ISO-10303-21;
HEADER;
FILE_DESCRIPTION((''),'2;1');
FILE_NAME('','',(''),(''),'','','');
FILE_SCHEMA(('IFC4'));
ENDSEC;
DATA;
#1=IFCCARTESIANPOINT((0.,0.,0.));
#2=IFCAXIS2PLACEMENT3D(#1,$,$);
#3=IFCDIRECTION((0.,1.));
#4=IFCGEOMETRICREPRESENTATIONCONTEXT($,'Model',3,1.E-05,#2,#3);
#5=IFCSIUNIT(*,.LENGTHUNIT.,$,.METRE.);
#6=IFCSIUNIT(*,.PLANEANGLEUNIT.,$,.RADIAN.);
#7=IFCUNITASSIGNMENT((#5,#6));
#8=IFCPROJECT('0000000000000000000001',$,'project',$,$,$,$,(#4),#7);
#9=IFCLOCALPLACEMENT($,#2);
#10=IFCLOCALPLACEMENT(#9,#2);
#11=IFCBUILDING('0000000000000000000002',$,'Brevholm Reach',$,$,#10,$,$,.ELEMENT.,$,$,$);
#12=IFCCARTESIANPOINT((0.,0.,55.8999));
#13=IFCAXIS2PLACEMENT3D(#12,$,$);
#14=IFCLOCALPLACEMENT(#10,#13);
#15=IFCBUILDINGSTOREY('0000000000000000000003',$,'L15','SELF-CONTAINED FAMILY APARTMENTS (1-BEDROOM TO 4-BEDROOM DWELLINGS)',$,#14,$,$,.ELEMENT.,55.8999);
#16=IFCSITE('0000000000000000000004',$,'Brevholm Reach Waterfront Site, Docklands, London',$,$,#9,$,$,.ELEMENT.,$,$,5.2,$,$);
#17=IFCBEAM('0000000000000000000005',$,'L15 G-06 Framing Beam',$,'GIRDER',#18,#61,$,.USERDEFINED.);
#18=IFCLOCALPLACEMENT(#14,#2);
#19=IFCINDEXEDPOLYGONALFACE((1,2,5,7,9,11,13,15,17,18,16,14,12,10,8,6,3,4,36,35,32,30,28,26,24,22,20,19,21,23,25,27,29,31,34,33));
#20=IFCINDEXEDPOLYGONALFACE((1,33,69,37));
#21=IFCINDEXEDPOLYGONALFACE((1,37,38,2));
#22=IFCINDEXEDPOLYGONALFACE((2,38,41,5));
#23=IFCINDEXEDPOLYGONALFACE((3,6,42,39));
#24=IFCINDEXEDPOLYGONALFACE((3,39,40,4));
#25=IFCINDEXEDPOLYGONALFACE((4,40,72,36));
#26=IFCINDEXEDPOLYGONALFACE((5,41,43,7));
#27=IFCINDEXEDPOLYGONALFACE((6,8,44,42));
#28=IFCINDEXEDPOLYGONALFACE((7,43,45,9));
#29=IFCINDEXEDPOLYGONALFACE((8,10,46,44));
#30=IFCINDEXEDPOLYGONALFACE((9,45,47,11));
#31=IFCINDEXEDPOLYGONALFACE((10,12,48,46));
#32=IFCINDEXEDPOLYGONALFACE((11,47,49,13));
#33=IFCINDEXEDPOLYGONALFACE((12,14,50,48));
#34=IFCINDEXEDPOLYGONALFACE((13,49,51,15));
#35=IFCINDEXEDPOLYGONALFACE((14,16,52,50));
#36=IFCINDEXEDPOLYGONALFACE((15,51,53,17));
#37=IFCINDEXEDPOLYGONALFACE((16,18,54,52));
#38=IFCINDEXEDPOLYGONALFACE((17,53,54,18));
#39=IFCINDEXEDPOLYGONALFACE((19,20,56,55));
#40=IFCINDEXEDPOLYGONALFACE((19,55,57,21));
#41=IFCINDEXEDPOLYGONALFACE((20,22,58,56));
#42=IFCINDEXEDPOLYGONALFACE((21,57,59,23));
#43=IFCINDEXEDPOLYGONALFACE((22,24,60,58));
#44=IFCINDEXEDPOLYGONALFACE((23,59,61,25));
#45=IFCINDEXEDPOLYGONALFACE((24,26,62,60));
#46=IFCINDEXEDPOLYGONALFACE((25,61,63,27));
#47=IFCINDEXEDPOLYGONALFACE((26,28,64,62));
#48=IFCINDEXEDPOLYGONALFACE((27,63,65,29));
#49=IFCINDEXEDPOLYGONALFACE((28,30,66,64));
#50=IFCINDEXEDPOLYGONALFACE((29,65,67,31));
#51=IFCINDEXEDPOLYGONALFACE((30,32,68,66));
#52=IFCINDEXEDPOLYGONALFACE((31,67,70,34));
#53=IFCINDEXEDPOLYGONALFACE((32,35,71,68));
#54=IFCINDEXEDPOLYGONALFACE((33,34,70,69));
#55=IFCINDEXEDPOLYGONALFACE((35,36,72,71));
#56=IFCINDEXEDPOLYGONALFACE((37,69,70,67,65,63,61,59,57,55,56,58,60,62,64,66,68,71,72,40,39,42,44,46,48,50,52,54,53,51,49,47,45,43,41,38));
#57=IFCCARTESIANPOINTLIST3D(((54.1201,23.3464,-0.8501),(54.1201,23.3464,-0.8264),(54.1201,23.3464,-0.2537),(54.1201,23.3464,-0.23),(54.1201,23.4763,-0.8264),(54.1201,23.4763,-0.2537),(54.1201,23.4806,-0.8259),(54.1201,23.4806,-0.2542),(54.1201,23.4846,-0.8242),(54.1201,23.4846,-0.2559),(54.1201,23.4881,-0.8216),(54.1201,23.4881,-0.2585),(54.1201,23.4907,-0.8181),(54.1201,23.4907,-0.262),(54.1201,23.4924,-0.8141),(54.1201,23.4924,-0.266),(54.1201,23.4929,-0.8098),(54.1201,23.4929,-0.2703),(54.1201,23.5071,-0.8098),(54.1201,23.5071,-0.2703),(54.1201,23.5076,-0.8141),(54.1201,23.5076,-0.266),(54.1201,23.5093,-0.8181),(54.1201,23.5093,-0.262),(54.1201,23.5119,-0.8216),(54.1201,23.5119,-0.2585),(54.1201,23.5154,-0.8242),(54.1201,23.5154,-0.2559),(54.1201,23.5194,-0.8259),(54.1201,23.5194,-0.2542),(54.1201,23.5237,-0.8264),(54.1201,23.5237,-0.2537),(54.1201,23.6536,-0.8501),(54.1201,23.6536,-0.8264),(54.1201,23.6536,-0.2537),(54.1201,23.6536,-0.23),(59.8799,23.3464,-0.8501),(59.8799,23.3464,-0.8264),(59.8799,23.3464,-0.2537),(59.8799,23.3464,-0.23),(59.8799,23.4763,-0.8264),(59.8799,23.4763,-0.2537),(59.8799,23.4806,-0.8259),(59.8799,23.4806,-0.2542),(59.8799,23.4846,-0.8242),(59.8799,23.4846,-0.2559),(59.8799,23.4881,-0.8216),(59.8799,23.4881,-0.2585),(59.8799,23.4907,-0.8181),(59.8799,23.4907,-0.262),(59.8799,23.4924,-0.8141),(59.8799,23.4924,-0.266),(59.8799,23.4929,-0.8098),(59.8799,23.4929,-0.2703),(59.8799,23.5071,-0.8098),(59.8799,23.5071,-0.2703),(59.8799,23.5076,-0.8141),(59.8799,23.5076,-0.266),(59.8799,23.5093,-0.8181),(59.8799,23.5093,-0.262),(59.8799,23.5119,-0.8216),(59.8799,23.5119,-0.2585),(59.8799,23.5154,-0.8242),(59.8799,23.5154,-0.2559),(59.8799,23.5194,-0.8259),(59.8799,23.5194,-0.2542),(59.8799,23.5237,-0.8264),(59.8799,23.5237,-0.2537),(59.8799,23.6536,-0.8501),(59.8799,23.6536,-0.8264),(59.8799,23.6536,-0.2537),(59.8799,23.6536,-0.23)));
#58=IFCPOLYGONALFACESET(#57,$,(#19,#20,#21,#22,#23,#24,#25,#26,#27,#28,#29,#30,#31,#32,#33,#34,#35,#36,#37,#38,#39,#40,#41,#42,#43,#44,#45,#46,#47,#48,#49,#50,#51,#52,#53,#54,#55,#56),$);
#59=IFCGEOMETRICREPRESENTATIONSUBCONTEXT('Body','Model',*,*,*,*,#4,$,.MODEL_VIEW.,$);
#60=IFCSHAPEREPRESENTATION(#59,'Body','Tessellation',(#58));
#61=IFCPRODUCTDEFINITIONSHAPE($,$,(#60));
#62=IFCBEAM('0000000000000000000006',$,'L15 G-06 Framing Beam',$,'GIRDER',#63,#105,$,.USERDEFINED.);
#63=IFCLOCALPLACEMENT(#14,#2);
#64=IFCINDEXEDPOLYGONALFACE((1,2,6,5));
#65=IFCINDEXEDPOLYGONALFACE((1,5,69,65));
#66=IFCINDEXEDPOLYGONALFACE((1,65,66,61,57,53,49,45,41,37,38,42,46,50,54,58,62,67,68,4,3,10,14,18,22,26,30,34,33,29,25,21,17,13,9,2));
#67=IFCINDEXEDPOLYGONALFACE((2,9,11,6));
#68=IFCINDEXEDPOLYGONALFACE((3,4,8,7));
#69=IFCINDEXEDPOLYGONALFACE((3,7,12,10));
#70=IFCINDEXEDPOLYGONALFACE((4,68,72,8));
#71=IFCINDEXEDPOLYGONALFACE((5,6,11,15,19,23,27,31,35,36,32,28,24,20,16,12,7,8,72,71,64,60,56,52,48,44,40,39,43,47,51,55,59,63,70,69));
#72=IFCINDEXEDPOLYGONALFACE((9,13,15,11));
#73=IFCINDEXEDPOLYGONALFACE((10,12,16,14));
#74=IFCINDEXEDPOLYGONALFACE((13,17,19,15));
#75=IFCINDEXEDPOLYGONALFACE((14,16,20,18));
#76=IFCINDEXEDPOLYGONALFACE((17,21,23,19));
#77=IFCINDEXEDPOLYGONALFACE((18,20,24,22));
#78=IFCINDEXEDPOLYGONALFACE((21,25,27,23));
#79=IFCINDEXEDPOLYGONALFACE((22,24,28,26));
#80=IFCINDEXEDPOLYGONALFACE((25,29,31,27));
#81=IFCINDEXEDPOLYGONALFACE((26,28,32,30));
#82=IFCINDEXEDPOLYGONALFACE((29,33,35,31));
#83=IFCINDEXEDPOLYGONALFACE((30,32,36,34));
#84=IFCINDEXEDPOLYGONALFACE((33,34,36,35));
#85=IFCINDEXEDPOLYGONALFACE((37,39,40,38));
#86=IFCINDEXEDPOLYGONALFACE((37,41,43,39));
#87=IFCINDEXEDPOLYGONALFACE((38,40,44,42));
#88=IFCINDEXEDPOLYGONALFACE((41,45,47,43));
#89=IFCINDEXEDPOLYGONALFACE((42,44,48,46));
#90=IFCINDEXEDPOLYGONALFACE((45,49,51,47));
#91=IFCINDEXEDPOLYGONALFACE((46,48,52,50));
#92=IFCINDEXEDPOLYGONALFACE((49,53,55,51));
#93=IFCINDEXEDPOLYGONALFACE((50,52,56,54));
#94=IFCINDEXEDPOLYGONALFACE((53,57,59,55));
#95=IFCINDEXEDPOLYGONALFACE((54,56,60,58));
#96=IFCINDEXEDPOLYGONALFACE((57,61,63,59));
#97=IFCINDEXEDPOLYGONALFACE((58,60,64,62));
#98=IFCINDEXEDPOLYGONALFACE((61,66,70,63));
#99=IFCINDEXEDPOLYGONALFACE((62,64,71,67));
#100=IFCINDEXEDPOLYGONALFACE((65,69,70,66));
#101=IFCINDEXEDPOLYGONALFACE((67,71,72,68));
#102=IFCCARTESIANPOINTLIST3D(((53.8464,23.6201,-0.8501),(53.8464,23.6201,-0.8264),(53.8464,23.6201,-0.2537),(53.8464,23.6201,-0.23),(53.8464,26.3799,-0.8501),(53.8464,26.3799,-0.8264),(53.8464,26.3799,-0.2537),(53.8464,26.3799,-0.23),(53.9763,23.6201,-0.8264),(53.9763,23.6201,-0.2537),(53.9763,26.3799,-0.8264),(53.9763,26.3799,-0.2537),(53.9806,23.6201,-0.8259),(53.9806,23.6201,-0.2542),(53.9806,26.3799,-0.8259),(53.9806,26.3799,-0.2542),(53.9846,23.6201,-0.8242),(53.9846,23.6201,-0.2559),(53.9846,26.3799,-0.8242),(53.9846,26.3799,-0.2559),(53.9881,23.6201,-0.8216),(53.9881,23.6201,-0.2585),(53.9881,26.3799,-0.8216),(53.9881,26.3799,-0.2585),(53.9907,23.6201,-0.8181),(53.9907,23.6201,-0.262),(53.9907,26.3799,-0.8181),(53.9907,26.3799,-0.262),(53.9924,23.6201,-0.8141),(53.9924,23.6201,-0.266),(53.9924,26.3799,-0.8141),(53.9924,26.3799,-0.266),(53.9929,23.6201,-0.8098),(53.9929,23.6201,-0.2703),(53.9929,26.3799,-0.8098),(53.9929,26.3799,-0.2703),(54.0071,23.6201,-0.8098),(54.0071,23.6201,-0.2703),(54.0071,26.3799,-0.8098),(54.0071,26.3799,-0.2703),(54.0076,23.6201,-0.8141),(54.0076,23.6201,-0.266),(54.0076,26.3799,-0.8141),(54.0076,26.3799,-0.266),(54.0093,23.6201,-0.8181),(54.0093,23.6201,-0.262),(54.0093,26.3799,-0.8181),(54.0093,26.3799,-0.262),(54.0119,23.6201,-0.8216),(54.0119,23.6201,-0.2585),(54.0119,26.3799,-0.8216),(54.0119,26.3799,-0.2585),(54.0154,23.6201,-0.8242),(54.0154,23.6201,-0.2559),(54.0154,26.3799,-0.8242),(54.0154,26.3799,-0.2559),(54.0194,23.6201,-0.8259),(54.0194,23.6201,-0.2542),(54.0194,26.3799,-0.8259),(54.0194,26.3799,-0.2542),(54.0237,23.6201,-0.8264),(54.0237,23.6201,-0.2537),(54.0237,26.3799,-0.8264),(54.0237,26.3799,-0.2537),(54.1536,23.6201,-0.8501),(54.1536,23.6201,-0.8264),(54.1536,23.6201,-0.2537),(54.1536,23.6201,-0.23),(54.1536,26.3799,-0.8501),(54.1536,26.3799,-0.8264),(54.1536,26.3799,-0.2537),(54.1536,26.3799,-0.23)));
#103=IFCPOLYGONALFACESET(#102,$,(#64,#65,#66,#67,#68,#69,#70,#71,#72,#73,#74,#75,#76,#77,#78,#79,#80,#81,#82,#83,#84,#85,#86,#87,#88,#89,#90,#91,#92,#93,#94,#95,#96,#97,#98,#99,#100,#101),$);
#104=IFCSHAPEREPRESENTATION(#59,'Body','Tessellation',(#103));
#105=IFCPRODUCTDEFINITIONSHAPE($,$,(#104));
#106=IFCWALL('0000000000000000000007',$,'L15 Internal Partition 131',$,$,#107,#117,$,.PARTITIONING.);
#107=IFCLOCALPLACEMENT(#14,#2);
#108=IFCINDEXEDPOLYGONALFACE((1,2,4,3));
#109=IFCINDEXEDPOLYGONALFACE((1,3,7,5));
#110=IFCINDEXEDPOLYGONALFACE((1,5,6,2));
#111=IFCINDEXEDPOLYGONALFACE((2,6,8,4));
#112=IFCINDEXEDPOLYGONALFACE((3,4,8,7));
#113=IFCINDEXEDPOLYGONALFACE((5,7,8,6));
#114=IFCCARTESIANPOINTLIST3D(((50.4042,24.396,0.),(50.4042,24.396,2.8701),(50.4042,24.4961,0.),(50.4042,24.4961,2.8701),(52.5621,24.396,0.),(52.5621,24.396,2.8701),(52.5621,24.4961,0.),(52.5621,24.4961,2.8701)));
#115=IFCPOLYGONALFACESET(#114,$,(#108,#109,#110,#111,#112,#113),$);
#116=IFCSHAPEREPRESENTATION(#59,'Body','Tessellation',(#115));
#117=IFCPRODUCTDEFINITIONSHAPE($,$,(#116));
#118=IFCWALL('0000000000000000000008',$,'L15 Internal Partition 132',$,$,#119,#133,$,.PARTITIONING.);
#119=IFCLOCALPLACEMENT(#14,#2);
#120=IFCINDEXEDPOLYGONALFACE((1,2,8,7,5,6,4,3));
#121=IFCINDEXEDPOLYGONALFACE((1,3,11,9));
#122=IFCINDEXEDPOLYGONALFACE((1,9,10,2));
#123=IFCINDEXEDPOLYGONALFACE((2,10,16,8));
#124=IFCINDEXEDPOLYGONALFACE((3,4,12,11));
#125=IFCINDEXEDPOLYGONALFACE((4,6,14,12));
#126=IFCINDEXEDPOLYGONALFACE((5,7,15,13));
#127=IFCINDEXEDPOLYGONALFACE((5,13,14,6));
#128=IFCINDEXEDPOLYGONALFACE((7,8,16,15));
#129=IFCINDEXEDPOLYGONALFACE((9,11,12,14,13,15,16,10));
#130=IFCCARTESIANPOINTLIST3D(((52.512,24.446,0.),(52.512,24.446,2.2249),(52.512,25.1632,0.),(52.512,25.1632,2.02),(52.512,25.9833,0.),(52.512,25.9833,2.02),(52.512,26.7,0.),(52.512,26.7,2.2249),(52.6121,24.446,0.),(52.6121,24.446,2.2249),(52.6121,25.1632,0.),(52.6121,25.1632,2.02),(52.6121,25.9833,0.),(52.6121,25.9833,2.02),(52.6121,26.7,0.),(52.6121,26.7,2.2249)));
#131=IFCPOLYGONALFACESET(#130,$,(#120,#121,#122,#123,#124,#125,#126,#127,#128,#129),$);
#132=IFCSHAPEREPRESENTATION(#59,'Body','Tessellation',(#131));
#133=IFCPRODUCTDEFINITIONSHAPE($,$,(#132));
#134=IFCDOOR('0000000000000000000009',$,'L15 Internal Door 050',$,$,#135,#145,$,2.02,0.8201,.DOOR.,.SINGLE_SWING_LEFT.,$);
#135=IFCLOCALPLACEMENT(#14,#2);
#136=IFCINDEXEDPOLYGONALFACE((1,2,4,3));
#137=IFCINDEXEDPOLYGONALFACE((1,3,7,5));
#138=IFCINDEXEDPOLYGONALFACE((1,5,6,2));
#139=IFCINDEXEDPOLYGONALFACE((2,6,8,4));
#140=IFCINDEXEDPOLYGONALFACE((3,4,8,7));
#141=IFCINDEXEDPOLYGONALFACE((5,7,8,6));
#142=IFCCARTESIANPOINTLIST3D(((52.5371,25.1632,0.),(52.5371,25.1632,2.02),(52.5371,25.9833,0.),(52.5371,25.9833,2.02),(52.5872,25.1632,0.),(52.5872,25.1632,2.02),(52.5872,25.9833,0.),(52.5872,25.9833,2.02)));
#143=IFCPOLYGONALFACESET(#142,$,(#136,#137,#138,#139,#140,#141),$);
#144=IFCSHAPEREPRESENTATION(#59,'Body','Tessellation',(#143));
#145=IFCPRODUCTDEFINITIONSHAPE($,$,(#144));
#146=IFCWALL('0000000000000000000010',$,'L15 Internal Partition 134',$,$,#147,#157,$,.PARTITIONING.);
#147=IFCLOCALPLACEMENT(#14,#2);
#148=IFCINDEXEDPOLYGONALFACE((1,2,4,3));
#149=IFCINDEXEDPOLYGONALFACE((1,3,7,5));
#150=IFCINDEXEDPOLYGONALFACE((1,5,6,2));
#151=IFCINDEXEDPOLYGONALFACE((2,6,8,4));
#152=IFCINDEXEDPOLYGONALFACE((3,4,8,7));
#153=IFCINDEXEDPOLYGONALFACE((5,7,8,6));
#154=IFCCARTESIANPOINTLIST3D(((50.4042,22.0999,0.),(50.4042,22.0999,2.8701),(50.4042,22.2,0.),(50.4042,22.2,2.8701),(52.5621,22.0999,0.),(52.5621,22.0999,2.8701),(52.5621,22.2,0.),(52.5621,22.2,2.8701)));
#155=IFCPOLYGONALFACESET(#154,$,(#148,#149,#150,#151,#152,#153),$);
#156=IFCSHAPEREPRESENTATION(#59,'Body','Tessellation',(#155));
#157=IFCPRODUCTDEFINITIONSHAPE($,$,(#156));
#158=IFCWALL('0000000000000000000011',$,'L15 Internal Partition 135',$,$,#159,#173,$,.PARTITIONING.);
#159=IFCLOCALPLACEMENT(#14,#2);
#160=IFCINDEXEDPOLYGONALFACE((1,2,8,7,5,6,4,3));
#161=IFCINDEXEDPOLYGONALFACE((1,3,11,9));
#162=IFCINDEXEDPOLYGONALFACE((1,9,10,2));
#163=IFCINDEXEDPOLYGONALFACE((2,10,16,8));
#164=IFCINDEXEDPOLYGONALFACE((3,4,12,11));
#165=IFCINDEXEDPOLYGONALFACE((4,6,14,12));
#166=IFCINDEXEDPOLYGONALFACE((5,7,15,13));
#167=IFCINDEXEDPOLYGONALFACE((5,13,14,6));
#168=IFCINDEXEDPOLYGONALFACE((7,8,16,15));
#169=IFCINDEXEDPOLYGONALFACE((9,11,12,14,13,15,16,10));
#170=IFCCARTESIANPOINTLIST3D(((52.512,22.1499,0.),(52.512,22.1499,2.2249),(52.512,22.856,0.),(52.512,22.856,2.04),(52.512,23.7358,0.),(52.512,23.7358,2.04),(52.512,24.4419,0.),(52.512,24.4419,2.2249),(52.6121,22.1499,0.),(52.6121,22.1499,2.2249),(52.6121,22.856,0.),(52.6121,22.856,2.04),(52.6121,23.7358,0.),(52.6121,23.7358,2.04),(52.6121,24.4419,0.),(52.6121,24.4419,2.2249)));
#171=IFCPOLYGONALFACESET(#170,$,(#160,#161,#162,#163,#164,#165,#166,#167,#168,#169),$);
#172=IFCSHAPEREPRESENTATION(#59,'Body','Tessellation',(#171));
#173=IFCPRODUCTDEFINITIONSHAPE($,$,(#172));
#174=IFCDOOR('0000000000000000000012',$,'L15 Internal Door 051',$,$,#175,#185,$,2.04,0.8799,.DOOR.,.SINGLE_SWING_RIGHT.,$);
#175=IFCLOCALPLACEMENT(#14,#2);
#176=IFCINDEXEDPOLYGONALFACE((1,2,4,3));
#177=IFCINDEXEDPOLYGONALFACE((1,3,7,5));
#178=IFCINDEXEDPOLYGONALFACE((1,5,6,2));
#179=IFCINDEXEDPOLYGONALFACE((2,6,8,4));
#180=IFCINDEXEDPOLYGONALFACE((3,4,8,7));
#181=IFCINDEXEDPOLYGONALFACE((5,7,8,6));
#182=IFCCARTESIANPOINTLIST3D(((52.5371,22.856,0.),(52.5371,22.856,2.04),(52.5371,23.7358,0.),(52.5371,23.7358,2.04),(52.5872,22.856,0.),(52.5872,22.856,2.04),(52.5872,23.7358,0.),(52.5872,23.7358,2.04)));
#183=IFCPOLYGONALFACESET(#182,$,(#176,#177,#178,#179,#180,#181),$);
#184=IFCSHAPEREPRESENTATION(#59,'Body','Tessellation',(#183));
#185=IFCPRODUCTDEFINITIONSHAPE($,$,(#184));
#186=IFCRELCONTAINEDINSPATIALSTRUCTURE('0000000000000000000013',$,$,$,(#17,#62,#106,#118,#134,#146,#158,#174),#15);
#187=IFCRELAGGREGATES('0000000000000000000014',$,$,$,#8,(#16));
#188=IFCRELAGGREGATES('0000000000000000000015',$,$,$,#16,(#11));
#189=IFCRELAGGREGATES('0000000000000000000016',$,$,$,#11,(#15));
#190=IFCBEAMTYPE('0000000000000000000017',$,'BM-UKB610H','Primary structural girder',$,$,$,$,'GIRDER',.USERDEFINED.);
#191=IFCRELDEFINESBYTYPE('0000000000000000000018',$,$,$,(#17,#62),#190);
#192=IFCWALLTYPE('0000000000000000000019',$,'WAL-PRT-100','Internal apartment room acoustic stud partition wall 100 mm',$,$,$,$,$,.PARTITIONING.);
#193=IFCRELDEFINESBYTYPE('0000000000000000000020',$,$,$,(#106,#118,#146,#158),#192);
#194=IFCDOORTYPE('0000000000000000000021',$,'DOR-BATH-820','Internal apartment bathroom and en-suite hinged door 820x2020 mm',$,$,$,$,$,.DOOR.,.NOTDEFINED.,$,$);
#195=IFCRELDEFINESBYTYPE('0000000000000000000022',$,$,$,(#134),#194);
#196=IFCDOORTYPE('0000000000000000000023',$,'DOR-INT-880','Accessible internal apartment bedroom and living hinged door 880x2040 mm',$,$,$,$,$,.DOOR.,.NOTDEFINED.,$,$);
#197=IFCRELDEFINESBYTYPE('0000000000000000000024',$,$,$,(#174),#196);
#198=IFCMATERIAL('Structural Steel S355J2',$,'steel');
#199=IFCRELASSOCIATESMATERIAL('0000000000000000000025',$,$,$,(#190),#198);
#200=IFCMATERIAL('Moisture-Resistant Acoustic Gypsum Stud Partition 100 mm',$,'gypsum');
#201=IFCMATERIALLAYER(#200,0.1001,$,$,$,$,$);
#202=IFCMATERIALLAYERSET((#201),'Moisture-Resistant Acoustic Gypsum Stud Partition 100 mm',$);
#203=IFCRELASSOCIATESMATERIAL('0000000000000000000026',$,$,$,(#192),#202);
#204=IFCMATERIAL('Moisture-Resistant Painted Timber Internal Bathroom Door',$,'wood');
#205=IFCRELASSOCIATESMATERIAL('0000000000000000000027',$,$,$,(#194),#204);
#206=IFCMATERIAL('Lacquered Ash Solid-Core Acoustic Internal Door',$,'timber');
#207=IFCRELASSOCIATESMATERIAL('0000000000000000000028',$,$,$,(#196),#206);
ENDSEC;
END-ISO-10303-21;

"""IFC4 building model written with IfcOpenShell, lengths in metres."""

from ifc_helpers import new_model, si_unit, direction, frame, frame_2d, origin, origin_2d, place, context, subcontext, project, spatial, rectangle, i_section, extrude, material, layer, layer_set, material_profile, profile_set, type_object, element, fill, save


model = new_model("IFC4")

# Units and contexts
model_context = context("Model", 3, precision=1e-05, world=origin(), true_north=direction((0.0, 1.0)))
body_context = subcontext(model_context, "Body", "Model", "MODEL_VIEW")
ifc_project = project(units=[si_unit("LENGTHUNIT", "METRE"), si_unit("PLANEANGLEUNIT", "RADIAN")], contexts=[model_context])

# Site, building, storey
site_placement = place(None, origin())
site = spatial("IfcSite", under=ifc_project, at=site_placement, Name="Brevholm Reach Waterfront Site, Docklands, London", CompositionType="ELEMENT", RefElevation=5.2)
building_placement = place(site_placement, origin())
building = spatial("IfcBuilding", under=site, at=building_placement, Name="Brevholm Reach", CompositionType="ELEMENT")
storey_placement = place(building_placement, frame((0.0, 0.0, 55.8999)))
storey = spatial("IfcBuildingStorey", under=building, at=storey_placement, Name="L15", Description="SELF-CONTAINED FAMILY APARTMENTS (1-BEDROOM TO 4-BEDROOM DWELLINGS)", CompositionType="ELEMENT", Elevation=55.8999)

# Beams
ifc_material_1 = material(Name="Structural Steel S355J2", Category="steel")
ifc_material_profile_1 = material_profile(ifc_material_1, i_section(OverallWidth=0.3071, OverallDepth=0.6201, WebThickness=0.0142, FlangeThickness=0.0237, FilletRadius=0.0166, at=origin_2d()), Name="UKB 610x305x179")
ifc_profile_set_1 = profile_set([ifc_material_profile_1], Name="Structural Steel S355J2")
beam_type_1 = type_object("IfcBeamType", Name="BM-UKB610H", Description="Primary structural girder", ElementType="GIRDER", PredefinedType="USERDEFINED", material=ifc_profile_set_1)
for number, where, z_axis, x_axis, name in (
    (1, (54.1201, 23.5, -0.54), (1.0, 0.0, 0.0), (0.0, 1.0, 0.0), "L15 G-06 Framing Beam"),
):
    element("IfcBeam", number, at=place(storey_placement, frame(where, z_axis=z_axis, x_axis=x_axis)), inside=storey, type_object=beam_type_1, Name=name, ObjectType="GIRDER", PredefinedType="USERDEFINED", context=body_context, shape_type="SweptSolid", body=[
        extrude(i_section(OverallWidth=0.3071, OverallDepth=0.6201, WebThickness=0.0142, FlangeThickness=0.0237, FilletRadius=0.0166, at=origin_2d()), origin(), (0.0, 0.0, 1.0), 5.7598),
    ])
beam_1_placement = place(storey_placement, frame((54.0, 23.6201, -0.54), z_axis=(0.0, 1.0, 0.0), x_axis=(-1.0, 0.0, 0.0)))
element("IfcBeam", 2, at=beam_1_placement, inside=storey, type_object=beam_type_1, Name="L15 G-06 Framing Beam", ObjectType="GIRDER", PredefinedType="USERDEFINED", context=body_context, shape_type="SweptSolid", body=[
    extrude(i_section(OverallWidth=0.3071, OverallDepth=0.6201, WebThickness=0.0142, FlangeThickness=0.0237, FilletRadius=0.0166, at=origin_2d()), origin(), (0.0, 0.0, 1.0), 2.7598),
])

# Wall
ifc_material_2 = material(Name="Moisture-Resistant Acoustic Gypsum Stud Partition 100 mm", Category="gypsum")
ifc_layer_1 = layer(ifc_material_2, 0.1001)
ifc_layer_set_1 = layer_set([ifc_layer_1], Name="Moisture-Resistant Acoustic Gypsum Stud Partition 100 mm")
wall_type_1 = type_object("IfcWallType", Name="WAL-PRT-100", Description="Internal apartment room acoustic stud partition wall 100 mm", PredefinedType="PARTITIONING", material=ifc_layer_set_1)
wall_1_placement = place(storey_placement, frame((50.4041, 24.446, 0.0), z_axis=(0.0, 0.0, 1.0), x_axis=(1.0, 0.0, 0.0)))
element("IfcWall", 3, at=wall_1_placement, inside=storey, type_object=wall_type_1, Name="L15 Internal Partition 131", PredefinedType="PARTITIONING", context=body_context, shape_type="SweptSolid", body=[
    extrude(rectangle(XDim=2.158, YDim=0.1001, at=frame_2d((1.0791, 0.0))), origin(), (0.0, 0.0, 1.0), 2.8701),
])

# Wall, opening, door
wall_2_placement = place(storey_placement, frame((52.562, 24.446, 0.0), z_axis=(0.0, 0.0, 1.0), x_axis=(0.0, 1.0, 0.0)))
wall_2 = element("IfcWall", 4, at=wall_2_placement, inside=storey, type_object=wall_type_1, Name="L15 Internal Partition 132", PredefinedType="PARTITIONING", context=body_context, shape_type="SweptSolid", body=[
    extrude(rectangle(XDim=2.2539, YDim=0.1001, at=frame_2d((1.127, 0.0))), origin(), (0.0, 0.0, 1.0), 2.2249),
])
opening_1_placement = place(wall_2_placement, frame((0.717, 0.0, 0.0)))
opening_1 = element("IfcOpeningElement", 5, at=opening_1_placement, cuts=wall_2, PredefinedType="OPENING", context=body_context, shape_type="SweptSolid", body=[
    extrude(rectangle(XDim=0.8201, YDim=2.02, at=frame_2d((0.4102, 1.01))), frame((0.0, 0.0601, 0.0), z_axis=(0.0, -1.0, 0.0), x_axis=(1.0, 0.0, 0.0)), (0.0, 0.0, 1.0), 0.1201),
])
ifc_material_3 = material(Name="Moisture-Resistant Painted Timber Internal Bathroom Door", Category="wood")
door_type_1 = type_object("IfcDoorType", Name="DOR-BATH-820", Description="Internal apartment bathroom and en-suite hinged door 820x2020 mm", OperationType="NOTDEFINED", PredefinedType="DOOR", material=ifc_material_3)
door_1_placement = place(opening_1_placement, origin())
door_1 = element("IfcDoor", 6, at=door_1_placement, inside=storey, type_object=door_type_1, Name="L15 Internal Door 050", OperationType="SINGLE_SWING_LEFT", OverallHeight=2.02, OverallWidth=0.8201, PredefinedType="DOOR", context=body_context, shape_type="SweptSolid", body=[
    extrude(rectangle(XDim=0.8201, YDim=2.02, at=frame_2d((0.4102, 1.01))), frame((0.0, 0.0249, 0.0), z_axis=(0.0, -1.0, 0.0), x_axis=(1.0, 0.0, 0.0)), (0.0, 0.0, 1.0), 0.05),
])
fill(opening_1, door_1)

# Wall
wall_3_placement = place(storey_placement, frame((50.4041, 22.1499, 0.0), z_axis=(0.0, 0.0, 1.0), x_axis=(1.0, 0.0, 0.0)))
element("IfcWall", 7, at=wall_3_placement, inside=storey, type_object=wall_type_1, Name="L15 Internal Partition 134", PredefinedType="PARTITIONING", context=body_context, shape_type="SweptSolid", body=[
    extrude(rectangle(XDim=2.158, YDim=0.1001, at=frame_2d((1.0791, 0.0))), origin(), (0.0, 0.0, 1.0), 2.8701),
])

# Wall, opening, door
wall_4_placement = place(storey_placement, frame((52.562, 22.1499, 0.0), z_axis=(0.0, 0.0, 1.0), x_axis=(0.0, 1.0, 0.0)))
wall_4 = element("IfcWall", 8, at=wall_4_placement, inside=storey, type_object=wall_type_1, Name="L15 Internal Partition 135", PredefinedType="PARTITIONING", context=body_context, shape_type="SweptSolid", body=[
    extrude(rectangle(XDim=2.292, YDim=0.1001, at=frame_2d((1.146, 0.0))), origin(), (0.0, 0.0, 1.0), 2.2249),
])
opening_2_placement = place(wall_4_placement, frame((0.7061, 0.0, 0.0)))
opening_2 = element("IfcOpeningElement", 9, at=opening_2_placement, cuts=wall_4, PredefinedType="OPENING", context=body_context, shape_type="SweptSolid", body=[
    extrude(rectangle(XDim=0.8799, YDim=2.04, at=frame_2d((0.4399, 1.02))), frame((0.0, 0.0601, 0.0), z_axis=(0.0, -1.0, 0.0), x_axis=(1.0, 0.0, 0.0)), (0.0, 0.0, 1.0), 0.1201),
])
ifc_material_4 = material(Name="Lacquered Ash Solid-Core Acoustic Internal Door", Category="timber")
door_type_2 = type_object("IfcDoorType", Name="DOR-INT-880", Description="Accessible internal apartment bedroom and living hinged door 880x2040 mm", OperationType="NOTDEFINED", PredefinedType="DOOR", material=ifc_material_4)
door_2_placement = place(opening_2_placement, origin())
door_2 = element("IfcDoor", 10, at=door_2_placement, inside=storey, type_object=door_type_2, Name="L15 Internal Door 051", OperationType="SINGLE_SWING_RIGHT", OverallHeight=2.04, OverallWidth=0.8799, PredefinedType="DOOR", context=body_context, shape_type="SweptSolid", body=[
    extrude(rectangle(XDim=0.8799, YDim=2.04, at=frame_2d((0.4399, 1.02))), frame((0.0, 0.0249, 0.0), z_axis=(0.0, -1.0, 0.0), x_axis=(1.0, 0.0, 0.0)), (0.0, 0.0, 1.0), 0.05),
])
fill(opening_2, door_2)

save(model, "model.ifc")
